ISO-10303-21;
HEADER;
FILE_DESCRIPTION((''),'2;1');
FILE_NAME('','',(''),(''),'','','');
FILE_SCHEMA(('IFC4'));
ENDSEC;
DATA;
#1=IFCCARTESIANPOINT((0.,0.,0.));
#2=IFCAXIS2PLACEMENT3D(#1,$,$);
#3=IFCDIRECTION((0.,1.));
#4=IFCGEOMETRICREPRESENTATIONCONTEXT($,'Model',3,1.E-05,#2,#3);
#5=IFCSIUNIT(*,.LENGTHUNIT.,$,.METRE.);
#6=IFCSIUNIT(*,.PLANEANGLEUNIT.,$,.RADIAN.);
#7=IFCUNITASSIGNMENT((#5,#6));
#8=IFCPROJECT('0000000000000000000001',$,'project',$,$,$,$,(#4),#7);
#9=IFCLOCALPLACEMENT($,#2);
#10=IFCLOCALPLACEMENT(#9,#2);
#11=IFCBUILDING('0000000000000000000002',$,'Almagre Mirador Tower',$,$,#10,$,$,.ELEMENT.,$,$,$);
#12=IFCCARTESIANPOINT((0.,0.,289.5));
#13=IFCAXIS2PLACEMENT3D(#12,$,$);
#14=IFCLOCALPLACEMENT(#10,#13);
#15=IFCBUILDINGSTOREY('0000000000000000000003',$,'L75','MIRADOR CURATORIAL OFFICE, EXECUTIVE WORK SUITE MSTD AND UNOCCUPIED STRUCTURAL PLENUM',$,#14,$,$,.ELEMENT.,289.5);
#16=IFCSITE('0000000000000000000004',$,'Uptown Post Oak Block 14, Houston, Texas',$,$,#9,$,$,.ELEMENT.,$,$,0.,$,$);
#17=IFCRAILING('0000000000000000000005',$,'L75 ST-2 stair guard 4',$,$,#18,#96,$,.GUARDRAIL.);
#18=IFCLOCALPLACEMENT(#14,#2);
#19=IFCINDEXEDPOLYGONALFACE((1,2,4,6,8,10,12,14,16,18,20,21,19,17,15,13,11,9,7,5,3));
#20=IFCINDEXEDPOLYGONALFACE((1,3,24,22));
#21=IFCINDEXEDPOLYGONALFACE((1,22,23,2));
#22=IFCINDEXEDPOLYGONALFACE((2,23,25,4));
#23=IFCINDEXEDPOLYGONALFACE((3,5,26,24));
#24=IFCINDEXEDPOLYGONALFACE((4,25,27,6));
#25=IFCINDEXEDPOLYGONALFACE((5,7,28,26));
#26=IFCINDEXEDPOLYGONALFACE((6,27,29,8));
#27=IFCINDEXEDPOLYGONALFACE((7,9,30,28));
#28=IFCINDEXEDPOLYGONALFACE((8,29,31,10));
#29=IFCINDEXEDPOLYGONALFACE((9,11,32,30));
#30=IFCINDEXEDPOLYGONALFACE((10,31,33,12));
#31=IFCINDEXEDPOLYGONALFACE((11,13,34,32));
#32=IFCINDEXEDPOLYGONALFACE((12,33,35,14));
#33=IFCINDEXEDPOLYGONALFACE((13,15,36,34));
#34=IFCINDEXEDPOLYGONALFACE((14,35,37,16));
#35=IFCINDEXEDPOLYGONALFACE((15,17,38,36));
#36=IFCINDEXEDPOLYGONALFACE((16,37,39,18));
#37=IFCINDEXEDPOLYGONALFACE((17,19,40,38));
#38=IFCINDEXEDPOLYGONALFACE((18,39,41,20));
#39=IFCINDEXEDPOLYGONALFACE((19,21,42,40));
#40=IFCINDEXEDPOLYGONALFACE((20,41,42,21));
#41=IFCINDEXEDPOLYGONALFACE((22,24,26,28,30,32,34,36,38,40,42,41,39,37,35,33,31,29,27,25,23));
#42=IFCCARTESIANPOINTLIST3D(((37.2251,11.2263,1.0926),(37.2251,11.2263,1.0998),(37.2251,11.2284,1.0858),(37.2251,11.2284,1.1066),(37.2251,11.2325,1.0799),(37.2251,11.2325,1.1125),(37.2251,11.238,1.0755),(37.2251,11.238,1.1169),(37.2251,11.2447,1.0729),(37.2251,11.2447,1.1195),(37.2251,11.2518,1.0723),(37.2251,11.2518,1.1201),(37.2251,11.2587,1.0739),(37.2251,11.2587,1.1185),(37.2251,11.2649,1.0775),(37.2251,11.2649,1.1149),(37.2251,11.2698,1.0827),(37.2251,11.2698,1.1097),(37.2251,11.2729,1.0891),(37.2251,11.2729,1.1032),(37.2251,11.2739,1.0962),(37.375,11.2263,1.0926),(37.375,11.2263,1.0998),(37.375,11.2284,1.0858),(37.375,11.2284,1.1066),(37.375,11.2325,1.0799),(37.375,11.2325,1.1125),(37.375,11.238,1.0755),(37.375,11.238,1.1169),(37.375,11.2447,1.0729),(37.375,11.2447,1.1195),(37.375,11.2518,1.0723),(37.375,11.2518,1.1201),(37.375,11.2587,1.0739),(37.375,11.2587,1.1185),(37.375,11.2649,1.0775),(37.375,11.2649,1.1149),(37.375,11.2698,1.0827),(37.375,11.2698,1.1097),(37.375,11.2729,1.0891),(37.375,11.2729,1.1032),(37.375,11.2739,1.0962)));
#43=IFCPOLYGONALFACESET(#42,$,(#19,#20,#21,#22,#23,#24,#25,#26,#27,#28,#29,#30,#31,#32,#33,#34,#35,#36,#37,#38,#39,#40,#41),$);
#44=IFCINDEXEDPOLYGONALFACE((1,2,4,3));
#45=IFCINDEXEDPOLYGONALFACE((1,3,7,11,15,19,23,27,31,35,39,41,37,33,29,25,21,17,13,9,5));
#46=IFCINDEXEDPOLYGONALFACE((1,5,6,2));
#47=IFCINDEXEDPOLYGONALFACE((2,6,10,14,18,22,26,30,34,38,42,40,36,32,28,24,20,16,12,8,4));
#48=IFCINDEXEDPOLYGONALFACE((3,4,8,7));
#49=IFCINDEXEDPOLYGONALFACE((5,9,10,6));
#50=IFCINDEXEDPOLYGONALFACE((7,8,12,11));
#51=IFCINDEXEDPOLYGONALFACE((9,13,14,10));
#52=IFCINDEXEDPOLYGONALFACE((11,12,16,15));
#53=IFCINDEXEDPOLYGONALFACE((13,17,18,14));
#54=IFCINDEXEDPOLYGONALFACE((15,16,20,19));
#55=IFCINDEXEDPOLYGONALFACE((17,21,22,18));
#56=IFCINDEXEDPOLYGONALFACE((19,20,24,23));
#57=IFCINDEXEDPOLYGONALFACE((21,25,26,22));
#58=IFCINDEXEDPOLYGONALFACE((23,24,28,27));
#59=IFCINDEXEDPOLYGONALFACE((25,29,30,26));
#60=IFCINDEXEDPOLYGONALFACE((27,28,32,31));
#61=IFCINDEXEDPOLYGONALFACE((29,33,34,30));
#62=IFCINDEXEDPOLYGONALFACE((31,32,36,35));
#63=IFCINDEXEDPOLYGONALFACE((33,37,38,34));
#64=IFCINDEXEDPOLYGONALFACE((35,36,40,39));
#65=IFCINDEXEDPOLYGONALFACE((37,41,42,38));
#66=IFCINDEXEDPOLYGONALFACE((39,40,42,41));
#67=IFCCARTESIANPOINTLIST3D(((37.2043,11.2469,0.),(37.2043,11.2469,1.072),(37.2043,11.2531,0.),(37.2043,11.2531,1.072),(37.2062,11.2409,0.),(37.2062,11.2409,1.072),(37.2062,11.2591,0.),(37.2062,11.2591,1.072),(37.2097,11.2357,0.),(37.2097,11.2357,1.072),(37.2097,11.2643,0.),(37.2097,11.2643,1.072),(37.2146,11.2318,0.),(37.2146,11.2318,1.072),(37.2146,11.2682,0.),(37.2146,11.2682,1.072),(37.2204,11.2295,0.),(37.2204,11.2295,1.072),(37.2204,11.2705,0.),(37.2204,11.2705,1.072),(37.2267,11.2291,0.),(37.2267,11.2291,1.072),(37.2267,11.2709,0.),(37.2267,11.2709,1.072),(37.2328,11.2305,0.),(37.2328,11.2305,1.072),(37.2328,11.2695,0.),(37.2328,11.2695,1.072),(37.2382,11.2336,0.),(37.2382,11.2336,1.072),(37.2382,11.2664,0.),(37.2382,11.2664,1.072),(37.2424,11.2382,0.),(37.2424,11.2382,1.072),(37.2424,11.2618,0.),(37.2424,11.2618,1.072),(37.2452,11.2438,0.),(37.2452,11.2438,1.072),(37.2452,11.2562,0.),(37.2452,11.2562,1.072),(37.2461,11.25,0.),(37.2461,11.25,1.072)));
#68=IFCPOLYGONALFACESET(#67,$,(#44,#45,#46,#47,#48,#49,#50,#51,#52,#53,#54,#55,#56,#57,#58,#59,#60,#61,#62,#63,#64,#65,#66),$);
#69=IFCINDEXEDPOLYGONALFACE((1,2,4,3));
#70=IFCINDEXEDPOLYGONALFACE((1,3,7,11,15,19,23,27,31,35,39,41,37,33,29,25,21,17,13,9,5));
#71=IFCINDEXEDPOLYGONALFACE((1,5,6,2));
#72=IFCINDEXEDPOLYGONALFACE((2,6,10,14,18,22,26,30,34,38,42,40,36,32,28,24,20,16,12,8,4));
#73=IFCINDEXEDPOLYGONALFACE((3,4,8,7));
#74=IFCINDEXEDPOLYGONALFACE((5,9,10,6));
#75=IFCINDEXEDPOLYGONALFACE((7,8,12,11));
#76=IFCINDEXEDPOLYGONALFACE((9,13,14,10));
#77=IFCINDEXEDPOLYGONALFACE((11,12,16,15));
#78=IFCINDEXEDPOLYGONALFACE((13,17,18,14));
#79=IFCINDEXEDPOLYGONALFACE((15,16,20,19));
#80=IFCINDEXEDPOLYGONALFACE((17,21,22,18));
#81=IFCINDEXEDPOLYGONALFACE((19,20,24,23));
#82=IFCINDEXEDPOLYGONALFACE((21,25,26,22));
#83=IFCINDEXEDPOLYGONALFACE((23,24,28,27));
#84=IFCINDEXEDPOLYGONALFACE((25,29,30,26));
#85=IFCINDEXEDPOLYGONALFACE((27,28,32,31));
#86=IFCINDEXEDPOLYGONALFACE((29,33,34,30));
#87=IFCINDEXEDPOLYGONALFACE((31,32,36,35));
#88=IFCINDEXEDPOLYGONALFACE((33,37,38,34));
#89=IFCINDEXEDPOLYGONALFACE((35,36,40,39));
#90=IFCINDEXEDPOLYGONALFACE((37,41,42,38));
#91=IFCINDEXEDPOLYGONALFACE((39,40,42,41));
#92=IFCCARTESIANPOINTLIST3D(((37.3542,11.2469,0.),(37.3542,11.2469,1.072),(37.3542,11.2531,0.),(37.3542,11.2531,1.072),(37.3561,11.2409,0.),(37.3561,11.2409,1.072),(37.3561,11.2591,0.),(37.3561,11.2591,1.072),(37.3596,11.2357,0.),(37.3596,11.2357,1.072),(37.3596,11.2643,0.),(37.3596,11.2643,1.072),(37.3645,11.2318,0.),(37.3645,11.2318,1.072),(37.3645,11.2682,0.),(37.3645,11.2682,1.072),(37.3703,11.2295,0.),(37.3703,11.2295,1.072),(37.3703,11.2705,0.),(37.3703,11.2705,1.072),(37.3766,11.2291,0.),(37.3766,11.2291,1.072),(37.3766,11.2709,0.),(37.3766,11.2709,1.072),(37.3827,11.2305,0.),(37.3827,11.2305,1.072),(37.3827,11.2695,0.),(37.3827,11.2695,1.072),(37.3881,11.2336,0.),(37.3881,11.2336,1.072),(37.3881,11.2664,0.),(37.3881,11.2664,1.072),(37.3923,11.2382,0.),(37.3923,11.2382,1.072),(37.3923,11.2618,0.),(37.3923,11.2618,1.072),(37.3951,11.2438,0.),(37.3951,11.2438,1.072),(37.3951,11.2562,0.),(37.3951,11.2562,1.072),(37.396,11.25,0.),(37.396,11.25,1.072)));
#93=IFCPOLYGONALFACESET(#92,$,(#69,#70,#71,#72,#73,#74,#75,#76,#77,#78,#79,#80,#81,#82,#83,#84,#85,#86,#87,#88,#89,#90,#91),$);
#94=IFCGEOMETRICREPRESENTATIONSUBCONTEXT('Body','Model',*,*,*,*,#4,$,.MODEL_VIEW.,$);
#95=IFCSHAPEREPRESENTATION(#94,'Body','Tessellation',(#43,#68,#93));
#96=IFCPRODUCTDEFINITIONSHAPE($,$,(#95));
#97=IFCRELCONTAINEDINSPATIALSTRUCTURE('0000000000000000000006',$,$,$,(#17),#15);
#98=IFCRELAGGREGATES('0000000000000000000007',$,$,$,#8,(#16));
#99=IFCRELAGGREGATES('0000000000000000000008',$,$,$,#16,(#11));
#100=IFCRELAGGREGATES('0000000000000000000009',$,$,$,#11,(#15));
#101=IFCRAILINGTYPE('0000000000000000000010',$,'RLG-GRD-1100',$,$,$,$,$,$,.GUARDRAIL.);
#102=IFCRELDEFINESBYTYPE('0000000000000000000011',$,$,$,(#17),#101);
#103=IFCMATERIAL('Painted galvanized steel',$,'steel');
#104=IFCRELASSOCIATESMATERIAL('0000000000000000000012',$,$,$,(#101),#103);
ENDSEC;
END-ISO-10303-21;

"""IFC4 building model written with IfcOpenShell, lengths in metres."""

from ifc_helpers import new_model, si_unit, direction, frame, origin, origin_2d, place, context, subcontext, project, spatial, circle, extrude, material, type_object, element, save


model = new_model("IFC4")

# Units and contexts
model_context = context("Model", 3, precision=1e-05, world=origin(), true_north=direction((0.0, 1.0)))
body_context = subcontext(model_context, "Body", "Model", "MODEL_VIEW")
ifc_project = project(units=[si_unit("LENGTHUNIT", "METRE"), si_unit("PLANEANGLEUNIT", "RADIAN")], contexts=[model_context])

# Site, building, storey
site_placement = place(None, origin())
site = spatial("IfcSite", under=ifc_project, at=site_placement, Name="Uptown Post Oak Block 14, Houston, Texas", CompositionType="ELEMENT", RefElevation=0.0)
building_placement = place(site_placement, origin())
building = spatial("IfcBuilding", under=site, at=building_placement, Name="Almagre Mirador Tower", CompositionType="ELEMENT")
storey_placement = place(building_placement, frame((0.0, 0.0, 289.5)))
storey = spatial("IfcBuildingStorey", under=building, at=storey_placement, Name="L75", Description="MIRADOR CURATORIAL OFFICE, EXECUTIVE WORK SUITE MSTD AND UNOCCUPIED STRUCTURAL PLENUM", CompositionType="ELEMENT", Elevation=289.5)

# Railing
ifc_material_1 = material(Name="Painted galvanized steel", Category="steel")
railing_type_1 = type_object("IfcRailingType", Name="RLG-GRD-1100", PredefinedType="GUARDRAIL", material=ifc_material_1)
railing_1_placement = place(storey_placement, frame((37.2251, 11.25, 0.0)))
element("IfcRailing", 1, at=railing_1_placement, inside=storey, type_object=railing_type_1, Name="L75 ST-2 stair guard 4", PredefinedType="GUARDRAIL", context=body_context, shape_type="SweptSolid", body=[
    extrude(circle(Radius=0.0239, at=origin_2d()), frame((0.0, 0.0, 1.0962), z_axis=(1.0, 0.0, 0.0), x_axis=(0.0, 1.0, 0.0)), (0.0, 0.0, 1.0), 0.1499),
    extrude(circle(Radius=0.021, at=origin_2d()), origin(), (0.0, 0.0, 1.0), 1.072),
    extrude(circle(Radius=0.021, at=origin_2d()), frame((0.1499, 0.0, 0.0)), (0.0, 0.0, 1.0), 1.072),
])

save(model, "model.ifc")
